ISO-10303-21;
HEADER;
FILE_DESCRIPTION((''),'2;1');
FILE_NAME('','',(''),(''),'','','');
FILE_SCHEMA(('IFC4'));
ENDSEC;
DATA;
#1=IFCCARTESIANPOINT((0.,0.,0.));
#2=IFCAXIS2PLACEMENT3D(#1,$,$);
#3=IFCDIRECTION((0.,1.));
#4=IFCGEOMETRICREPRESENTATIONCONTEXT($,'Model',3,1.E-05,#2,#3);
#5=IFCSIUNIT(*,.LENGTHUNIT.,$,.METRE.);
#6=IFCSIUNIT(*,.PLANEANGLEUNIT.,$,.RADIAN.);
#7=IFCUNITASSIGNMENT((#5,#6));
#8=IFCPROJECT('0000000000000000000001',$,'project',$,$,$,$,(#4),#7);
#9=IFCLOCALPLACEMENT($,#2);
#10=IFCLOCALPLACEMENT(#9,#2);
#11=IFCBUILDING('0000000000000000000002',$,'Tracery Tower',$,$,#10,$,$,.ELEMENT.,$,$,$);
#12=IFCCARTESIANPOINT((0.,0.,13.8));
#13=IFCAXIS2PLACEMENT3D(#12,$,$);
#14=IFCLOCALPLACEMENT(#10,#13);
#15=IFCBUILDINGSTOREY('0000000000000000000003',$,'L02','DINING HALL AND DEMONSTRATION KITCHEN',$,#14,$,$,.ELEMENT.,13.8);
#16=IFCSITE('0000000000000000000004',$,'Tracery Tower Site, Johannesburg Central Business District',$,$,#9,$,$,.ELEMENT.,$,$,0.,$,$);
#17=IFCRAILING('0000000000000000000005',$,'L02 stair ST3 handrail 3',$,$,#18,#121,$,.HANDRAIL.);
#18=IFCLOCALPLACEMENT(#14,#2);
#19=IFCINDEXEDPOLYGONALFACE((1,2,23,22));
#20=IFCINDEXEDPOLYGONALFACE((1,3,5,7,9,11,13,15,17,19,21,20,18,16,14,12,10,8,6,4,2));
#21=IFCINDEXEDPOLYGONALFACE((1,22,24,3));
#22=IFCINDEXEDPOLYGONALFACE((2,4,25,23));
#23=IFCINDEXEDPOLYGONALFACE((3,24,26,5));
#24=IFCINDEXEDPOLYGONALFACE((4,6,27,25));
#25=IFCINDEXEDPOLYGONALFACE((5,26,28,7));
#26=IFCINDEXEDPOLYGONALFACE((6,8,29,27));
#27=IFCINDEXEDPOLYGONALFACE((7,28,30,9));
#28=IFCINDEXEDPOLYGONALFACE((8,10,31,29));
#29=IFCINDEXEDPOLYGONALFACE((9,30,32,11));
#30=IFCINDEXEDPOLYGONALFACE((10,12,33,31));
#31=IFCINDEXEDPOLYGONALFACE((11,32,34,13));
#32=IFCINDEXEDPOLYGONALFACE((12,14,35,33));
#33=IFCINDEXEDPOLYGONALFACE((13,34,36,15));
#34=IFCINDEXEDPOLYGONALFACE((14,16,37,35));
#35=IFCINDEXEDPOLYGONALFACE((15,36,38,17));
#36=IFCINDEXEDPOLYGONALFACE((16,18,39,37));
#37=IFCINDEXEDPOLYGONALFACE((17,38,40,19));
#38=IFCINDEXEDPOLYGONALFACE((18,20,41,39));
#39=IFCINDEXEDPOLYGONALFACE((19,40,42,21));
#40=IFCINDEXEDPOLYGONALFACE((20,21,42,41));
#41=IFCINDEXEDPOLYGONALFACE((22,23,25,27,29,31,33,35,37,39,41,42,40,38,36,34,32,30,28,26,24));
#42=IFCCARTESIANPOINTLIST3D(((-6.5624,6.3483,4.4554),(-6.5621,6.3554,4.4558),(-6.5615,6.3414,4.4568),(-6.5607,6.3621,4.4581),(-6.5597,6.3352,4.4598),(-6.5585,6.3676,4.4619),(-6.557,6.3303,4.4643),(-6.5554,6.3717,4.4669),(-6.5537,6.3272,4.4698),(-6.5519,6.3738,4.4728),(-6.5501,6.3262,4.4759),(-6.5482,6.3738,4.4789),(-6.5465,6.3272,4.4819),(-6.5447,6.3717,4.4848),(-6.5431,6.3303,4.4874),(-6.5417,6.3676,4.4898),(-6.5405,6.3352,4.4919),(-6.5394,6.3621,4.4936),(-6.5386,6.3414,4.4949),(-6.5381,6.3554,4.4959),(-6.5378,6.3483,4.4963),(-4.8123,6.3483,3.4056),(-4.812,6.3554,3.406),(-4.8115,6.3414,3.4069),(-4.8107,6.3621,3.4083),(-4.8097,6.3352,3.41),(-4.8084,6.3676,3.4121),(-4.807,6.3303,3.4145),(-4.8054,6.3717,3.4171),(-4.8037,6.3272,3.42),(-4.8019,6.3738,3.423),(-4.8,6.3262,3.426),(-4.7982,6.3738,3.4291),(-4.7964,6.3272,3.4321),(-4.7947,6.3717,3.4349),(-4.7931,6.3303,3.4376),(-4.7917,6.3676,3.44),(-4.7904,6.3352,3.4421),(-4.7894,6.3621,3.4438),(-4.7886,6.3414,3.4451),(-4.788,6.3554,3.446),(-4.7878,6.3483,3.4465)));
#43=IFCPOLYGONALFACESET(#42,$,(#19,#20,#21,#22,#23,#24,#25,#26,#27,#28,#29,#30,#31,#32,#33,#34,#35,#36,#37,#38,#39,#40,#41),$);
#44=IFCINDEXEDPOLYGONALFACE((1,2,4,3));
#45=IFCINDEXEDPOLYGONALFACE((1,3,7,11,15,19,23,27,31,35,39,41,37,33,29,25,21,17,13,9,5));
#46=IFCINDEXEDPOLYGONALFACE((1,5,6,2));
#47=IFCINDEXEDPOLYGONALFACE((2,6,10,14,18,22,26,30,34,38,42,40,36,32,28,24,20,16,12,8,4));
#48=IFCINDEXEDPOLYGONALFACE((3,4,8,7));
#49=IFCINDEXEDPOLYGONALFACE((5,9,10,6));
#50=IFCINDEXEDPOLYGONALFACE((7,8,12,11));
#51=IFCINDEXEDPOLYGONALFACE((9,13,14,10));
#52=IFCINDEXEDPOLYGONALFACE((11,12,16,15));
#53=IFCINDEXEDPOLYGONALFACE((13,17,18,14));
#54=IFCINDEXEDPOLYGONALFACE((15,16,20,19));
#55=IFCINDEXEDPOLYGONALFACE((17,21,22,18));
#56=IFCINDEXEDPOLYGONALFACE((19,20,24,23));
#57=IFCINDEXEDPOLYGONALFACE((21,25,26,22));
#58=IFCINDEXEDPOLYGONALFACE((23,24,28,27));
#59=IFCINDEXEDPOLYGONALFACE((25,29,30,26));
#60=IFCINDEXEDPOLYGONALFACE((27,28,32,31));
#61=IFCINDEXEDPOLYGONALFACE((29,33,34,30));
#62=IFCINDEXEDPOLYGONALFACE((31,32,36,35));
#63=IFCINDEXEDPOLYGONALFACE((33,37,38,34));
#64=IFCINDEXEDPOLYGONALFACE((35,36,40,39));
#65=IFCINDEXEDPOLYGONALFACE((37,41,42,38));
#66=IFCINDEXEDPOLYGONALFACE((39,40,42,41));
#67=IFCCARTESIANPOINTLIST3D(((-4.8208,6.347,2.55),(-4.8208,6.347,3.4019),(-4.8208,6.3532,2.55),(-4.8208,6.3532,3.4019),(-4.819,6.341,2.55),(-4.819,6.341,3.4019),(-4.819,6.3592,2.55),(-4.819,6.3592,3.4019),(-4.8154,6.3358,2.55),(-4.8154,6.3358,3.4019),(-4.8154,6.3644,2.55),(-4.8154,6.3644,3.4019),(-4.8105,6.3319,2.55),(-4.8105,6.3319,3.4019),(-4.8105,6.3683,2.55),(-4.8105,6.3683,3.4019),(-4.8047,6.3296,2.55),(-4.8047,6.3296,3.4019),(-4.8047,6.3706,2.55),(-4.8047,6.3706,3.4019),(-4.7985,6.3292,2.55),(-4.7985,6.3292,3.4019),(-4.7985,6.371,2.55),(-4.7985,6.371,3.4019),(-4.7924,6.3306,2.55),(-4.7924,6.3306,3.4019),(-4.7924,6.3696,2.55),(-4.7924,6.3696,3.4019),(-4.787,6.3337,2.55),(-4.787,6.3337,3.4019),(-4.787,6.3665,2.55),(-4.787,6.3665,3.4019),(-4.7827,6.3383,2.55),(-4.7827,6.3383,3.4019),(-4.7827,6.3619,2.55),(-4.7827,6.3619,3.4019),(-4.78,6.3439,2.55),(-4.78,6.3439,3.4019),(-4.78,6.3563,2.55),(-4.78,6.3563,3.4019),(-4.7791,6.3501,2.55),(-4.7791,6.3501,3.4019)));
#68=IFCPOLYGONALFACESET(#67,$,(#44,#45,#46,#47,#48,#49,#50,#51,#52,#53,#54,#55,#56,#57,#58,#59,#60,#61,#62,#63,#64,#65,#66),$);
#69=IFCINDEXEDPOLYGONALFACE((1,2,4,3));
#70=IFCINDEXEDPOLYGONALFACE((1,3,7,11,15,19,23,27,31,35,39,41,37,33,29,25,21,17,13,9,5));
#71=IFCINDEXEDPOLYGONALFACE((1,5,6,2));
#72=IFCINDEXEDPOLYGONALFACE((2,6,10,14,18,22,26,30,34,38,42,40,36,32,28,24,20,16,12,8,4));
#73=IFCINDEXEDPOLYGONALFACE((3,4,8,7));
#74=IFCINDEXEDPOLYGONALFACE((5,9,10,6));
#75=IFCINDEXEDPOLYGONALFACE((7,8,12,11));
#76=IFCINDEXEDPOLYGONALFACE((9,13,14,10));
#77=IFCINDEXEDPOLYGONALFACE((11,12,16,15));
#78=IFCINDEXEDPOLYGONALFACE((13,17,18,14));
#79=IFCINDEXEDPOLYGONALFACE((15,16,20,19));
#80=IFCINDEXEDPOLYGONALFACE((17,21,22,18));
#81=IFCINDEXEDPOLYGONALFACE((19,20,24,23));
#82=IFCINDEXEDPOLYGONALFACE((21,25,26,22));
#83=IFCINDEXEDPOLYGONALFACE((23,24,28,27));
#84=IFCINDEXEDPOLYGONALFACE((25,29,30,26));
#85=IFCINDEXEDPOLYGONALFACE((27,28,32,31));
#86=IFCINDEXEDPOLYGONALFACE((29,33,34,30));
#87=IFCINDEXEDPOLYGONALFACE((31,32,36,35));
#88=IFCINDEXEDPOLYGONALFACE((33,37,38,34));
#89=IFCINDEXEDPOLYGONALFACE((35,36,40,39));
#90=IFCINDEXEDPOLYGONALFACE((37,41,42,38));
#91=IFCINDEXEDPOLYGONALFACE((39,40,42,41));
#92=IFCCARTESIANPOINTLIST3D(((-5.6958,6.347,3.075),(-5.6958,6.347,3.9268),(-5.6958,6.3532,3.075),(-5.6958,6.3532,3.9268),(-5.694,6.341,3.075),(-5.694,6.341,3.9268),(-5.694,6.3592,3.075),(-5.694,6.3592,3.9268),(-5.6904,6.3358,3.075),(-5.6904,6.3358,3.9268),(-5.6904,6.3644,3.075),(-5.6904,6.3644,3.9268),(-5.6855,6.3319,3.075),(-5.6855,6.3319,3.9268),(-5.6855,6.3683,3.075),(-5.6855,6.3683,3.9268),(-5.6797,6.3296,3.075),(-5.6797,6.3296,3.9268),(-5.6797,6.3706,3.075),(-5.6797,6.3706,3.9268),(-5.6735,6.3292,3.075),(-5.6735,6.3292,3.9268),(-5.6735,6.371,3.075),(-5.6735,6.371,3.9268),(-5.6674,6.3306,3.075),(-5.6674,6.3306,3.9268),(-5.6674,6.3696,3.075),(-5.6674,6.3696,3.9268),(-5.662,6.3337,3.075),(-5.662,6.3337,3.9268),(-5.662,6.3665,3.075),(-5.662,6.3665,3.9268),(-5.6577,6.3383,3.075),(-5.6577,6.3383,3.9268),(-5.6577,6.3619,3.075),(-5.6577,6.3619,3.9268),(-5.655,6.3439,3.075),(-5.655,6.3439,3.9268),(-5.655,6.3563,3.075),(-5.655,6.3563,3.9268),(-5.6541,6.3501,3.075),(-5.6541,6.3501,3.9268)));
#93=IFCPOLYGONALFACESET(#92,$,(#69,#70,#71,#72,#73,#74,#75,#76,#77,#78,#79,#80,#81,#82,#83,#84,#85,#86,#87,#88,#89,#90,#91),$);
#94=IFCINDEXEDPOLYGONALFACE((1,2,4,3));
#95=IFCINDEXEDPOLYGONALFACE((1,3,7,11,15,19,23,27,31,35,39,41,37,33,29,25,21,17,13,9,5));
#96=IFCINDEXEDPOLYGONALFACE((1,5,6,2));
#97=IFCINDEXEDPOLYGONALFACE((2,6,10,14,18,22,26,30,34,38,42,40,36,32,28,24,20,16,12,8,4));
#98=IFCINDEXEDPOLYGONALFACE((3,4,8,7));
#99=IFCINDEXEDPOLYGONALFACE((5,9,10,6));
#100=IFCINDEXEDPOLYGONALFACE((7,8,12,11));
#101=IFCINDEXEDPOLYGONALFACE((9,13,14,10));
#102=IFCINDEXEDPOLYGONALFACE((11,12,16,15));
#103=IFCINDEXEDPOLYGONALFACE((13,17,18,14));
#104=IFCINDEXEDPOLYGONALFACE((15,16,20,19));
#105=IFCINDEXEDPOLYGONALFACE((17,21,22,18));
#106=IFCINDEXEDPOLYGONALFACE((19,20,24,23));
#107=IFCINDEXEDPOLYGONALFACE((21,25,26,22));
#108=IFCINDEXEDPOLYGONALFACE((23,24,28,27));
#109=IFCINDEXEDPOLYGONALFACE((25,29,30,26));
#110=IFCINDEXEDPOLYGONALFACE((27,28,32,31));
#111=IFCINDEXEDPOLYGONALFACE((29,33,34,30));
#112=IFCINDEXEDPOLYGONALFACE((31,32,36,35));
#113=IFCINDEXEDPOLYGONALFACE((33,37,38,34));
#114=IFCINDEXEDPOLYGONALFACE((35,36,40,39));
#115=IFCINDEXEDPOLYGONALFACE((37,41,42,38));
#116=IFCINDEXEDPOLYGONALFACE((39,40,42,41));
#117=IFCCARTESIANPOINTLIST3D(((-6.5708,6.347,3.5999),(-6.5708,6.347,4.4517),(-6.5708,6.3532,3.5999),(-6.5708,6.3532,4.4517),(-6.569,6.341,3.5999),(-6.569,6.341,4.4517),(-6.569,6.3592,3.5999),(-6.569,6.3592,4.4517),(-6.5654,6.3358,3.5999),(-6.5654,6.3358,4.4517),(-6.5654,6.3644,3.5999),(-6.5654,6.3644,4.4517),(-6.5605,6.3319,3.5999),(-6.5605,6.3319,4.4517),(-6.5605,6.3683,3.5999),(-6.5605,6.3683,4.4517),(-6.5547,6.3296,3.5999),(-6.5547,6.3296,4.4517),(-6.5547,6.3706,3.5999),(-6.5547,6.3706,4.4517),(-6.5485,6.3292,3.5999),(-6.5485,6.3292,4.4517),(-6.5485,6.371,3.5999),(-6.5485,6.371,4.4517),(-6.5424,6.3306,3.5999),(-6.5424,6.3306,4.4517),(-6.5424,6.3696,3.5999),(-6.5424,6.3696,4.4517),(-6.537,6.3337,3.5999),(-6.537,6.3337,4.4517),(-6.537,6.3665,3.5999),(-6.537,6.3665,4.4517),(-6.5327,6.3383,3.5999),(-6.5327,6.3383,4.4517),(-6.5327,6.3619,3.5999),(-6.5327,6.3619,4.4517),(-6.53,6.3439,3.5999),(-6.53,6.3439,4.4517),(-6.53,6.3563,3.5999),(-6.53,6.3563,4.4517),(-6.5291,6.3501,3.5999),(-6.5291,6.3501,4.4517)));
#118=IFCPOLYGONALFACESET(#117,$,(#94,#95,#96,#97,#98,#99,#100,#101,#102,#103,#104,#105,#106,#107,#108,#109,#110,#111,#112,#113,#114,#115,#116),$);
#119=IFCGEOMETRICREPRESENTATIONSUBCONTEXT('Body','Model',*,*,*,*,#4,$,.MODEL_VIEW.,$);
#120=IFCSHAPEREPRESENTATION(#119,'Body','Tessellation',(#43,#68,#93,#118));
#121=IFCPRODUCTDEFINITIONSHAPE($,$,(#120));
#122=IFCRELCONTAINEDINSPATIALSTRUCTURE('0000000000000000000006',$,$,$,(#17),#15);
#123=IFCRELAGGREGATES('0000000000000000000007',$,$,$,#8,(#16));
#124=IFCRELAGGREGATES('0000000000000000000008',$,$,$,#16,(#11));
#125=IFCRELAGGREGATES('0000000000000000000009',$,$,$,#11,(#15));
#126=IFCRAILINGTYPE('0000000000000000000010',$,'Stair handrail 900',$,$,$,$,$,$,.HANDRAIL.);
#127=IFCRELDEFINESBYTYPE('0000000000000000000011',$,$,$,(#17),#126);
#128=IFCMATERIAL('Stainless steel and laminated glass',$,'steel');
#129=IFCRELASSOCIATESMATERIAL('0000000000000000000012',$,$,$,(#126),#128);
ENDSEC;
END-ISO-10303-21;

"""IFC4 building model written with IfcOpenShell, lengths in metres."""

from ifc_helpers import new_model, si_unit, direction, frame, origin, origin_2d, place, context, subcontext, project, spatial, circle, extrude, material, type_object, element, save


model = new_model("IFC4")

# Units and contexts
model_context = context("Model", 3, precision=1e-05, world=origin(), true_north=direction((0.0, 1.0)))
body_context = subcontext(model_context, "Body", "Model", "MODEL_VIEW")
ifc_project = project(units=[si_unit("LENGTHUNIT", "METRE"), si_unit("PLANEANGLEUNIT", "RADIAN")], contexts=[model_context])

# Site, building, storey
site_placement = place(None, origin())
site = spatial("IfcSite", under=ifc_project, at=site_placement, Name="Tracery Tower Site, Johannesburg Central Business District", CompositionType="ELEMENT", RefElevation=0.0)
building_placement = place(site_placement, origin())
building = spatial("IfcBuilding", under=site, at=building_placement, Name="Tracery Tower", CompositionType="ELEMENT")
storey_placement = place(building_placement, frame((0.0, 0.0, 13.8)))
storey = spatial("IfcBuildingStorey", under=building, at=storey_placement, Name="L02", Description="DINING HALL AND DEMONSTRATION KITCHEN", CompositionType="ELEMENT", Elevation=13.8)

# Railing
ifc_material_1 = material(Name="Stainless steel and laminated glass", Category="steel")
railing_type_1 = type_object("IfcRailingType", Name="Stair handrail 900", PredefinedType="HANDRAIL", material=ifc_material_1)
railing_1_placement = place(storey_placement, frame((-4.8, 6.3501, 2.55)))
element("IfcRailing", 1, at=railing_1_placement, inside=storey, type_object=railing_type_1, Name="L02 stair ST3 handrail 3", PredefinedType="HANDRAIL", context=body_context, shape_type="SweptSolid", body=[
    extrude(circle(Radius=0.0239, at=origin_2d()), frame((0.0, 0.0, 0.876), z_axis=(-0.857535, 0.0, 0.514425), x_axis=(0.0, -1.0, 0.0)), (0.0, 0.0, 1.0), 2.0408),
    extrude(circle(Radius=0.021, at=origin_2d()), origin(), (0.0, 0.0, 1.0), 0.8518),
    extrude(circle(Radius=0.021, at=origin_2d()), frame((-0.875, 0.0, 0.5249)), (0.0, 0.0, 1.0), 0.8518),
    extrude(circle(Radius=0.021, at=origin_2d()), frame((-1.75, 0.0, 1.0498)), (0.0, 0.0, 1.0), 0.8518),
])

save(model, "model.ifc")
